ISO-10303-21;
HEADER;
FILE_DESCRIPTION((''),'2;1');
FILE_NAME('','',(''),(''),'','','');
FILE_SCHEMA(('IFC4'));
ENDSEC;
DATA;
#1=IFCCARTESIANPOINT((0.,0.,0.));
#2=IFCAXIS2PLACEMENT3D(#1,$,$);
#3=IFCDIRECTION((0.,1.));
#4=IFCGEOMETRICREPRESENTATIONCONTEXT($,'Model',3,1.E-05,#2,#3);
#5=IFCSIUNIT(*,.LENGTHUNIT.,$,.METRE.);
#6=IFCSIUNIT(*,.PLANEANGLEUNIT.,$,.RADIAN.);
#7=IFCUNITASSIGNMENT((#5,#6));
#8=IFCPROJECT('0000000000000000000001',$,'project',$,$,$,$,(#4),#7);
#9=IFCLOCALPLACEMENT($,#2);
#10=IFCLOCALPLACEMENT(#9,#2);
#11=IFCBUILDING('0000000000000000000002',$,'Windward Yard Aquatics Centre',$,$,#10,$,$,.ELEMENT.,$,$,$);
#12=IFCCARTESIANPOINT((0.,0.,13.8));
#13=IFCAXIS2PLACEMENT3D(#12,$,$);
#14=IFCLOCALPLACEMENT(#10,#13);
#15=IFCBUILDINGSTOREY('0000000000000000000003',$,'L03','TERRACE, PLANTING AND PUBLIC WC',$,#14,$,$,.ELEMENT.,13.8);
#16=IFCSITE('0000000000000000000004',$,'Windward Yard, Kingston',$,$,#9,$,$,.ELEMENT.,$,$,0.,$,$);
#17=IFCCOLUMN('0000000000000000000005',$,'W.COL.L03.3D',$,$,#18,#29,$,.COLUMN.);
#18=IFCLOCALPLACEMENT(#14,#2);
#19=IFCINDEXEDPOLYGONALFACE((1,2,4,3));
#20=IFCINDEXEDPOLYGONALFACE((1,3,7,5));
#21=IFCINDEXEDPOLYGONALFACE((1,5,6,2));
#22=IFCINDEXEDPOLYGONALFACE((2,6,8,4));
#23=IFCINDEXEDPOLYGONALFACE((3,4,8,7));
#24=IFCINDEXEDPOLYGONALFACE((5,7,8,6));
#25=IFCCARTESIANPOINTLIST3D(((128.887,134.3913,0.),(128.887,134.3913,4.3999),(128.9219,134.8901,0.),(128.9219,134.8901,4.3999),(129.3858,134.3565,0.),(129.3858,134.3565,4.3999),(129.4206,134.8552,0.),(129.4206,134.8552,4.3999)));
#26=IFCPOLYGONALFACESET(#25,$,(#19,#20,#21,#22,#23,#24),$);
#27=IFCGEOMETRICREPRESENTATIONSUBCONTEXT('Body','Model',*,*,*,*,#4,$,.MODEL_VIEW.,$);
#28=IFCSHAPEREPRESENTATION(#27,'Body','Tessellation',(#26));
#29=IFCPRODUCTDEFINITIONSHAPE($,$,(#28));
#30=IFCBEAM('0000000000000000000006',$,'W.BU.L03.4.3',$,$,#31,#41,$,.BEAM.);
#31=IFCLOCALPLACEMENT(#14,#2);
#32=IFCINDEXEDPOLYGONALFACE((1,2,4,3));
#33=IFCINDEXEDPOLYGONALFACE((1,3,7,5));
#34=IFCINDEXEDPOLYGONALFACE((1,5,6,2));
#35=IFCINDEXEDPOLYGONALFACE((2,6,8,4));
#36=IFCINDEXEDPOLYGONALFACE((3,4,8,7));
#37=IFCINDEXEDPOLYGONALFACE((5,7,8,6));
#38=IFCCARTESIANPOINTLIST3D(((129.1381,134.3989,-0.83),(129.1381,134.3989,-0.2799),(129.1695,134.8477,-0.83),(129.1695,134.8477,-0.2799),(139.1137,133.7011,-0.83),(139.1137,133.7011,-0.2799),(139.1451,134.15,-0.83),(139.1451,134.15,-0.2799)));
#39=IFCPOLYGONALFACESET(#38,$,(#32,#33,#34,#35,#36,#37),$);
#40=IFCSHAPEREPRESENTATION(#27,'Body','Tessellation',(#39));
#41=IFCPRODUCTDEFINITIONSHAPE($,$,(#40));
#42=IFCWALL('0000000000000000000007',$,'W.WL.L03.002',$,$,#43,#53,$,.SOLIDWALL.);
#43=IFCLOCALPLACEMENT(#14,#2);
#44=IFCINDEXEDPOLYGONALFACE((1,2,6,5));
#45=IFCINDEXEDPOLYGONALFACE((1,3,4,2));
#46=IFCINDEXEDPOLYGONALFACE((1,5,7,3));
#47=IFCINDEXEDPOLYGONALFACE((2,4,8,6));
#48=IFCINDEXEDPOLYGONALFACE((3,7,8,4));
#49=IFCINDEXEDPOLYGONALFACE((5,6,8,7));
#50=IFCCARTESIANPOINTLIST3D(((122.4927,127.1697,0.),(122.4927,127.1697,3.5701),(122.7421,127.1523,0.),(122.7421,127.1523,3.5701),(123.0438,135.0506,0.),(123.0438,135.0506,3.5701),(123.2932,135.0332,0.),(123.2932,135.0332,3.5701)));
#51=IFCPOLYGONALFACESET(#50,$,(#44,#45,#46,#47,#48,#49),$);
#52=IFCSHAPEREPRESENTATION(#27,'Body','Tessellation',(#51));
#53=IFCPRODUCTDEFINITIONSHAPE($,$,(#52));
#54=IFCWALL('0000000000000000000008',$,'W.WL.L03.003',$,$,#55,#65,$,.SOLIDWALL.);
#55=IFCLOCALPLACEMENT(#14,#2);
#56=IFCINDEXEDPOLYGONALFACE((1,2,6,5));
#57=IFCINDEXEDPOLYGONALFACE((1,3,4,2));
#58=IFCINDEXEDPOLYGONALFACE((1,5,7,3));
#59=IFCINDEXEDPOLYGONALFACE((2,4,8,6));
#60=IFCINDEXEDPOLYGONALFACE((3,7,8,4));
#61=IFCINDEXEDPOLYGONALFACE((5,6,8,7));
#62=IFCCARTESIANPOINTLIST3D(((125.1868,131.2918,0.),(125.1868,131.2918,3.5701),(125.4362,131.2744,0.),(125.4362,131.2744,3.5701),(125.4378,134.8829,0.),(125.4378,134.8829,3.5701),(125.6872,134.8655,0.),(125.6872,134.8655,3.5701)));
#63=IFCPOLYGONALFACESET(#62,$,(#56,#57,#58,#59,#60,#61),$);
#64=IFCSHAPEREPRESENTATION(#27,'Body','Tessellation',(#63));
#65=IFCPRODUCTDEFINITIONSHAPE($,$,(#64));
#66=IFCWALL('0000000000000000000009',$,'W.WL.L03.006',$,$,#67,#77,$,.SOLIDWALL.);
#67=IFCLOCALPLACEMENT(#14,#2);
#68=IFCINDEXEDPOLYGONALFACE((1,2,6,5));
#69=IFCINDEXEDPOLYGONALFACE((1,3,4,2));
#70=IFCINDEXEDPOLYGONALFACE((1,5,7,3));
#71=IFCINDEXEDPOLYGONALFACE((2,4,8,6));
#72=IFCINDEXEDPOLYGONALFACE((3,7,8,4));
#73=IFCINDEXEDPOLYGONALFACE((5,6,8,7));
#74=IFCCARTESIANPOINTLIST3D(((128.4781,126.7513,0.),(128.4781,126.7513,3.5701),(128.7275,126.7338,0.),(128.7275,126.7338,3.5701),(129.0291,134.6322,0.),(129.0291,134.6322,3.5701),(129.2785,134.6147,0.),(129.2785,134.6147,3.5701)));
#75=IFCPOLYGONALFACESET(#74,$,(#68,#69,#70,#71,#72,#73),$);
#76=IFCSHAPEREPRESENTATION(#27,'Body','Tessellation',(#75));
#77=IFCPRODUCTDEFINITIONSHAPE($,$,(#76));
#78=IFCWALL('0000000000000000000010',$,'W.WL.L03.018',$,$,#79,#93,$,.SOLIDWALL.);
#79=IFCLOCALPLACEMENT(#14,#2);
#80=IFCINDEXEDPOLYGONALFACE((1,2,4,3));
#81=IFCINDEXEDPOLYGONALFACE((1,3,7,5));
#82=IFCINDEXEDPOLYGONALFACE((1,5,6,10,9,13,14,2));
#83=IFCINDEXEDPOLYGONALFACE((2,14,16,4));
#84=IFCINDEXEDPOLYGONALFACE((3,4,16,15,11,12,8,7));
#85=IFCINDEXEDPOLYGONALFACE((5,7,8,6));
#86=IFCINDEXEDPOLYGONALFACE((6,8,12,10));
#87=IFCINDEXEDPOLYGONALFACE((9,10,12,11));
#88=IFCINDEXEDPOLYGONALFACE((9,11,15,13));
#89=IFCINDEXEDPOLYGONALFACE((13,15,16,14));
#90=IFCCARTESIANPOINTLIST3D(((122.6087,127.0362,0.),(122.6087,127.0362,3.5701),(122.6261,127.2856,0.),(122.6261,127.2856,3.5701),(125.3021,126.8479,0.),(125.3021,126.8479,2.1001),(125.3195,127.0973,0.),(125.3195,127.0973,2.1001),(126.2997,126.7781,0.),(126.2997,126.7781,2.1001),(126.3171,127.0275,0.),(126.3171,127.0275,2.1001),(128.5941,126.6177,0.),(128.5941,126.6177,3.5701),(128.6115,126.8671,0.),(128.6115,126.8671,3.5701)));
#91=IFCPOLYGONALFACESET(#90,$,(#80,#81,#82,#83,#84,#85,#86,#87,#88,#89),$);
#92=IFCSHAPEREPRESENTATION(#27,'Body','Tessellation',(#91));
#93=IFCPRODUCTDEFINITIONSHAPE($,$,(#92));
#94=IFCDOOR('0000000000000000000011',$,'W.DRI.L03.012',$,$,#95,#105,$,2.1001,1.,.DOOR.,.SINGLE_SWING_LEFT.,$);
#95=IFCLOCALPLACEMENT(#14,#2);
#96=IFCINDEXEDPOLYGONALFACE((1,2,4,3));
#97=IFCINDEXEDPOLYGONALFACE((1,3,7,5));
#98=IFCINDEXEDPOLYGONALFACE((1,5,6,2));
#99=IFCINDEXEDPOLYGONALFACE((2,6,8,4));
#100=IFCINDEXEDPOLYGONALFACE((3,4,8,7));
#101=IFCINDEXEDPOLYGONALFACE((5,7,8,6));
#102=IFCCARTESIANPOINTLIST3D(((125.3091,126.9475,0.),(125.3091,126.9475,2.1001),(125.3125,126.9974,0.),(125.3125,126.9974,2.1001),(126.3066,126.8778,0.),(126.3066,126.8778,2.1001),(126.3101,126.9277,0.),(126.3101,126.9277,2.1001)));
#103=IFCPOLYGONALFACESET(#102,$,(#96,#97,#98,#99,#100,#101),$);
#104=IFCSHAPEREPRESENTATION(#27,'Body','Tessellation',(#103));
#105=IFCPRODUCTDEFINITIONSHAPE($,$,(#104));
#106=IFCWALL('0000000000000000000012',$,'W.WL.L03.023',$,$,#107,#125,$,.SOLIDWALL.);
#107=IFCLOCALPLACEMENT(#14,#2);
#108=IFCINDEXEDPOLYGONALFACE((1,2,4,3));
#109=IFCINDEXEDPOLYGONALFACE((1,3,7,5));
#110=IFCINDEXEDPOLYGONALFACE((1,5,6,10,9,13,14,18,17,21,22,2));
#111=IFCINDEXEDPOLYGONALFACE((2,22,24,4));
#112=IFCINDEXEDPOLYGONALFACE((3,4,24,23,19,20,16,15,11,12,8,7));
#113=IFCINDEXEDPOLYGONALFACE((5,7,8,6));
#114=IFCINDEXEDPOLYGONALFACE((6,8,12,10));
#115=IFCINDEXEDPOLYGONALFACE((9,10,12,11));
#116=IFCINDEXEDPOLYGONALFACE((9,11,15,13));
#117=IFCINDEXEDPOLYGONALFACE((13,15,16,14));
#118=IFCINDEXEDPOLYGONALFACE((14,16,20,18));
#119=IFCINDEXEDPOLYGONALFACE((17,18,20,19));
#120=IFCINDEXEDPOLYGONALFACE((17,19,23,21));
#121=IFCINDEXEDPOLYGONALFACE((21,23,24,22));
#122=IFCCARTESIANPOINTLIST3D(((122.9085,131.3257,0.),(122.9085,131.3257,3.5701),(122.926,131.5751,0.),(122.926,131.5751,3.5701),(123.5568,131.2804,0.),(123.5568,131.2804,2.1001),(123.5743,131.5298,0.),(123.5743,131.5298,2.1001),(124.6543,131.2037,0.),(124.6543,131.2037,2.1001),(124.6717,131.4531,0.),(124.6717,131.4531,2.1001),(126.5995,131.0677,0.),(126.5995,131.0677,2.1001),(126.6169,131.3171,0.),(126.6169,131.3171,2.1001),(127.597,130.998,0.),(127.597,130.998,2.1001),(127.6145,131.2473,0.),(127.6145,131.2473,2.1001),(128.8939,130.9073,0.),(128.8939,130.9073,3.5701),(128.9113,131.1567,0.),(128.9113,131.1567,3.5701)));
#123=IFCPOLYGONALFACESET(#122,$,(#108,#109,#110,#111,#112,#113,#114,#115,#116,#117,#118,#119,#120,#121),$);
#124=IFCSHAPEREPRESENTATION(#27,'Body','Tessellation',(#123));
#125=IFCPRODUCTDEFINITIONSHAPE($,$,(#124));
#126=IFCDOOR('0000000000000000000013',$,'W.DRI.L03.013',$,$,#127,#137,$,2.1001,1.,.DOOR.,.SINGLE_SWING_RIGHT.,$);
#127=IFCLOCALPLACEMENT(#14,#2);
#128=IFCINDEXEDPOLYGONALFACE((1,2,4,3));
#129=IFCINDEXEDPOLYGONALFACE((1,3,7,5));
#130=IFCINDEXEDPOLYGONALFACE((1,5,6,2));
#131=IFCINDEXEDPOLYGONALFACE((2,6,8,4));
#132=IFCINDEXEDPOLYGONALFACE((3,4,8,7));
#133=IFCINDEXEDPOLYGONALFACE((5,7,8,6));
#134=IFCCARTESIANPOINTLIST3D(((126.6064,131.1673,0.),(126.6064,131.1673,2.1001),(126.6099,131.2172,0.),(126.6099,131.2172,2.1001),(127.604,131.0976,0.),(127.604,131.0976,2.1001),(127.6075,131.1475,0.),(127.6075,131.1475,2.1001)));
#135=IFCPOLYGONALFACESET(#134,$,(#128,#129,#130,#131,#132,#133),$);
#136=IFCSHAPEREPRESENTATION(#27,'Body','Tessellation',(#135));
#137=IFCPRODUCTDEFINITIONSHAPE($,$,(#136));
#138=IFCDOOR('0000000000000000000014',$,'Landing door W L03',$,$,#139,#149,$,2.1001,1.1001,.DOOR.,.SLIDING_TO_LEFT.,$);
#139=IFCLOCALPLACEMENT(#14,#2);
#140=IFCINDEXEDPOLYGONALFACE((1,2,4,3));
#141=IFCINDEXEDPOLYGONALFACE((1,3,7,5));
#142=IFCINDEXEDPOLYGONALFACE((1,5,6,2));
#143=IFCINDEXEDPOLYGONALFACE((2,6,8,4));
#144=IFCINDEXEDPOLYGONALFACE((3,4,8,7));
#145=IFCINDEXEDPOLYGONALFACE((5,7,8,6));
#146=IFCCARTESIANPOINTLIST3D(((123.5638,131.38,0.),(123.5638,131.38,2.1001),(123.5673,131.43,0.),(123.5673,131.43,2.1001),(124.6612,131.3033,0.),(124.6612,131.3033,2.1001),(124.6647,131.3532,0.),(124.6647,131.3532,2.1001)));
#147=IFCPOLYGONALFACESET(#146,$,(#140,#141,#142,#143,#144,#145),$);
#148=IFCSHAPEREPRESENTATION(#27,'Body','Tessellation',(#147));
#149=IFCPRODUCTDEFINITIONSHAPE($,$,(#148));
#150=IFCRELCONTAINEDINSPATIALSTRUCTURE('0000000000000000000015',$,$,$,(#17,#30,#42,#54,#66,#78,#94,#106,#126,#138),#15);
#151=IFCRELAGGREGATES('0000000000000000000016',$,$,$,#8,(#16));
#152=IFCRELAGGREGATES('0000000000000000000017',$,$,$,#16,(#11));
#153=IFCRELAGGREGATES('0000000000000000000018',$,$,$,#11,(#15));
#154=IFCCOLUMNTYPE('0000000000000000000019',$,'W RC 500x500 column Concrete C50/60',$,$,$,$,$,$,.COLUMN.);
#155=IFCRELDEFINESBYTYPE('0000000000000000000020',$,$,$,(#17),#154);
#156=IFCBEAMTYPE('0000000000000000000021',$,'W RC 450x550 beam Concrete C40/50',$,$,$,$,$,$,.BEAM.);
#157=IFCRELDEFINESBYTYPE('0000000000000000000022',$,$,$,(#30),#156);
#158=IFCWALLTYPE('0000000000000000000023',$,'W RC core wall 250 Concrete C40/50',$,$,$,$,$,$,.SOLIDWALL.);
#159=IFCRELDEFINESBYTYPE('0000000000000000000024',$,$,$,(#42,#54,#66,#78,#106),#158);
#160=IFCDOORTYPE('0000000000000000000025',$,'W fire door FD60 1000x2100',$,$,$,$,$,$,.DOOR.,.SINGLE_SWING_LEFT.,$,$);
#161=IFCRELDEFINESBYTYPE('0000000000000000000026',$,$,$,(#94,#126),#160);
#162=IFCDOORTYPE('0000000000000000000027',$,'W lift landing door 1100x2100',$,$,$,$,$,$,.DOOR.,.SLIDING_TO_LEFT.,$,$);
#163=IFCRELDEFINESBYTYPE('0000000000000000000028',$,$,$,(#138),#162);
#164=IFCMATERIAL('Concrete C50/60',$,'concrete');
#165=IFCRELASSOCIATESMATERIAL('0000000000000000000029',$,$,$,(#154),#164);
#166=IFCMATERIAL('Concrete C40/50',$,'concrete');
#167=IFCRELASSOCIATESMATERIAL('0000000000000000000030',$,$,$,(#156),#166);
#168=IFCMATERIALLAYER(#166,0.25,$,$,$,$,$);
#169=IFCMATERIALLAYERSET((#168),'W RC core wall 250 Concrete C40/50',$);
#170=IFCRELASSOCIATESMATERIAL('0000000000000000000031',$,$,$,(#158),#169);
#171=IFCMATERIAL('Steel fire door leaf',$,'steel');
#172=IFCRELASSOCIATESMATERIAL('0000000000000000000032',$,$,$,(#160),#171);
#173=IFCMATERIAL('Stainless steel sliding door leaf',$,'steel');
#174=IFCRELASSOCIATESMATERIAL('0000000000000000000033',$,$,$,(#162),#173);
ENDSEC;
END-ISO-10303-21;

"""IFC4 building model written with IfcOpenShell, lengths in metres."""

from ifc_helpers import new_model, si_unit, direction, frame, frame_2d, origin, origin_2d, place, context, subcontext, project, spatial, rectangle, extrude, material, layer, layer_set, material_profile, profile_set, type_object, element, fill, save


model = new_model("IFC4")

# Units and contexts
model_context = context("Model", 3, precision=1e-05, world=origin(), true_north=direction((0.0, 1.0)))
body_context = subcontext(model_context, "Body", "Model", "MODEL_VIEW")
ifc_project = project(units=[si_unit("LENGTHUNIT", "METRE"), si_unit("PLANEANGLEUNIT", "RADIAN")], contexts=[model_context])

# Site, building, storey
site_placement = place(None, origin())
site = spatial("IfcSite", under=ifc_project, at=site_placement, Name="Windward Yard, Kingston", CompositionType="ELEMENT", RefElevation=0.0)
building_placement = place(site_placement, origin())
building = spatial("IfcBuilding", under=site, at=building_placement, Name="Windward Yard Aquatics Centre", CompositionType="ELEMENT")
storey_placement = place(building_placement, frame((0.0, 0.0, 13.8)))
storey = spatial("IfcBuildingStorey", under=building, at=storey_placement, Name="L03", Description="TERRACE, PLANTING AND PUBLIC WC", CompositionType="ELEMENT", Elevation=13.8)

# Column
ifc_material_1 = material(Name="Concrete C50/60", Category="concrete")
ifc_material_profile_1 = material_profile(ifc_material_1, rectangle(XDim=0.5, YDim=0.5, at=origin_2d()), Name="RC 500x500")
ifc_profile_set_1 = profile_set([ifc_material_profile_1], Name="Concrete C50/60")
column_type = type_object("IfcColumnType", Name="W RC 500x500 column Concrete C50/60", PredefinedType="COLUMN", material=ifc_profile_set_1)
column_placement = place(storey_placement, frame((129.1538, 134.6233, 0.0), z_axis=(0.0, 0.0, 1.0), x_axis=(0.997564, -0.069756, 0.0)))
element("IfcColumn", 1, at=column_placement, inside=storey, type_object=column_type, Name="W.COL.L03.3D", PredefinedType="COLUMN", context=body_context, shape_type="SweptSolid", body=[
    extrude(rectangle(XDim=0.5, YDim=0.5, at=origin_2d()), origin(), (0.0, 0.0, 1.0), 4.3999),
])

# Beam
ifc_material_2 = material(Name="Concrete C40/50", Category="concrete")
ifc_material_profile_2 = material_profile(ifc_material_2, rectangle(XDim=0.45, YDim=0.55, at=origin_2d()), Name="RC 450x550")
ifc_profile_set_2 = profile_set([ifc_material_profile_2], Name="Concrete C40/50")
beam_type = type_object("IfcBeamType", Name="W RC 450x550 beam Concrete C40/50", PredefinedType="BEAM", material=ifc_profile_set_2)
beam_placement = place(storey_placement, frame((129.1538, 134.6233, -0.5549), z_axis=(0.997563, -0.069776, 0.0), x_axis=(0.069776, 0.997563, 0.0)))
element("IfcBeam", 2, at=beam_placement, inside=storey, type_object=beam_type, Name="W.BU.L03.4.3", PredefinedType="BEAM", context=body_context, shape_type="SweptSolid", body=[
    extrude(rectangle(XDim=0.45, YDim=0.55, at=origin_2d()), origin(), (0.0, 0.0, 1.0), 10.0),
])

# Walls
ifc_layer_1 = layer(ifc_material_2, 0.25)
ifc_layer_set_1 = layer_set([ifc_layer_1], Name="W RC core wall 250 Concrete C40/50")
wall_type_1 = type_object("IfcWallType", Name="W RC core wall 250 Concrete C40/50", PredefinedType="SOLIDWALL", material=ifc_layer_set_1)
wall_1_placement = place(storey_placement, frame((122.6174, 127.1609, 0.0), z_axis=(0.0, 0.0, 1.0), x_axis=(0.069749, 0.997565, 0.0)))
element("IfcWall", 3, at=wall_1_placement, inside=storey, type_object=wall_type_1, Name="W.WL.L03.002", PredefinedType="SOLIDWALL", context=body_context, shape_type="SweptSolid", body=[
    extrude(rectangle(XDim=7.9001, YDim=0.25, at=frame_2d((3.9502, 0.0))), origin(), (0.0, 0.0, 1.0), 3.5701),
])
wall_2_placement = place(storey_placement, frame((125.3115, 131.2832, 0.0), z_axis=(0.0, 0.0, 1.0), x_axis=(0.069719, 0.997567, 0.0)))
element("IfcWall", 4, at=wall_2_placement, inside=storey, type_object=wall_type_1, Name="W.WL.L03.003", PredefinedType="SOLIDWALL", context=body_context, shape_type="SweptSolid", body=[
    extrude(rectangle(XDim=3.5999, YDim=0.25, at=frame_2d((1.7998, 0.0))), origin(), (0.0, 0.0, 1.0), 3.5701),
])
wall_3_placement = place(storey_placement, frame((128.6028, 126.7424, 0.0), z_axis=(0.0, 0.0, 1.0), x_axis=(0.069749, 0.997565, 0.0)))
element("IfcWall", 5, at=wall_3_placement, inside=storey, type_object=wall_type_1, Name="W.WL.L03.006", PredefinedType="SOLIDWALL", context=body_context, shape_type="SweptSolid", body=[
    extrude(rectangle(XDim=7.9001, YDim=0.25, at=frame_2d((3.9502, 0.0))), origin(), (0.0, 0.0, 1.0), 3.5701),
])

# Wall, opening, door
wall_4_placement = place(storey_placement, frame((122.6174, 127.1609, 0.0), z_axis=(0.0, 0.0, 1.0), x_axis=(0.997565, -0.069743, 0.0)))
wall_4 = element("IfcWall", 6, at=wall_4_placement, inside=storey, type_object=wall_type_1, Name="W.WL.L03.018", PredefinedType="SOLIDWALL", context=body_context, shape_type="SweptSolid", body=[
    extrude(rectangle(XDim=6.0, YDim=0.25, at=frame_2d((3.0, 0.0))), origin(), (0.0, 0.0, 1.0), 3.5701),
])
opening_1_placement = place(wall_4_placement, frame((2.7, 0.0, 0.0)))
opening_1 = element("IfcOpeningElement", 7, at=opening_1_placement, cuts=wall_4, PredefinedType="OPENING", context=body_context, shape_type="SweptSolid", body=[
    extrude(rectangle(XDim=1.0, YDim=2.1001, at=frame_2d((0.5, 1.05))), frame((0.0, 0.135, 0.0), z_axis=(0.0, -1.0, 0.0), x_axis=(1.0, 0.0, 0.0)), (0.0, 0.0, 1.0), 0.27),
])
ifc_material_3 = material(Name="Steel fire door leaf", Category="steel")
door_type_1 = type_object("IfcDoorType", Name="W fire door FD60 1000x2100", OperationType="SINGLE_SWING_LEFT", PredefinedType="DOOR", material=ifc_material_3)
door_1_placement = place(opening_1_placement, origin())
door_1 = element("IfcDoor", 8, at=door_1_placement, inside=storey, type_object=door_type_1, Name="W.DRI.L03.012", OperationType="SINGLE_SWING_LEFT", OverallHeight=2.1001, OverallWidth=1.0, PredefinedType="DOOR", context=body_context, shape_type="SweptSolid", body=[
    extrude(rectangle(XDim=1.0, YDim=2.1001, at=frame_2d((0.5, 1.05))), frame((0.0, 0.0249, 0.0), z_axis=(0.0, -1.0, 0.0), x_axis=(1.0, 0.0, 0.0)), (0.0, 0.0, 1.0), 0.05),
])
fill(opening_1, door_1)

# Wall, openings, doors
wall_5_placement = place(storey_placement, frame((122.9172, 131.4504, 0.0), z_axis=(0.0, 0.0, 1.0), x_axis=(0.997565, -0.069743, 0.0)))
wall_5 = element("IfcWall", 9, at=wall_5_placement, inside=storey, type_object=wall_type_1, Name="W.WL.L03.023", PredefinedType="SOLIDWALL", context=body_context, shape_type="SweptSolid", body=[
    extrude(rectangle(XDim=6.0, YDim=0.25, at=frame_2d((3.0, 0.0))), origin(), (0.0, 0.0, 1.0), 3.5701),
])
opening_2_placement = place(wall_5_placement, frame((3.7, 0.0, 0.0)))
opening_2 = element("IfcOpeningElement", 10, at=opening_2_placement, cuts=wall_5, PredefinedType="OPENING", context=body_context, shape_type="SweptSolid", body=[
    extrude(rectangle(XDim=1.0, YDim=2.1001, at=frame_2d((0.5, 1.05))), frame((0.0, 0.135, 0.0), z_axis=(0.0, -1.0, 0.0), x_axis=(1.0, 0.0, 0.0)), (0.0, 0.0, 1.0), 0.27),
])
opening_3_placement = place(wall_5_placement, frame((0.6499, 0.0, 0.0)))
opening_3 = element("IfcOpeningElement", 11, at=opening_3_placement, cuts=wall_5, PredefinedType="OPENING", context=body_context, shape_type="SweptSolid", body=[
    extrude(rectangle(XDim=1.1001, YDim=2.1001, at=frame_2d((0.55, 1.05))), frame((0.0, 0.135, 0.0), z_axis=(0.0, -1.0, 0.0), x_axis=(1.0, 0.0, 0.0)), (0.0, 0.0, 1.0), 0.27),
])
door_2_placement = place(opening_2_placement, origin())
door_2 = element("IfcDoor", 12, at=door_2_placement, inside=storey, type_object=door_type_1, Name="W.DRI.L03.013", OperationType="SINGLE_SWING_RIGHT", OverallHeight=2.1001, OverallWidth=1.0, PredefinedType="DOOR", context=body_context, shape_type="SweptSolid", body=[
    extrude(rectangle(XDim=1.0, YDim=2.1001, at=frame_2d((0.5, 1.05))), frame((0.0, 0.0249, 0.0), z_axis=(0.0, -1.0, 0.0), x_axis=(1.0, 0.0, 0.0)), (0.0, 0.0, 1.0), 0.05),
])
fill(opening_2, door_2)
ifc_material_4 = material(Name="Stainless steel sliding door leaf", Category="steel")
door_type_2 = type_object("IfcDoorType", Name="W lift landing door 1100x2100", OperationType="SLIDING_TO_LEFT", PredefinedType="DOOR", material=ifc_material_4)
door_3_placement = place(opening_3_placement, origin())
door_3 = element("IfcDoor", 13, at=door_3_placement, inside=storey, type_object=door_type_2, Name="Landing door W L03", OperationType="SLIDING_TO_LEFT", OverallHeight=2.1001, OverallWidth=1.1001, PredefinedType="DOOR", context=body_context, shape_type="SweptSolid", body=[
    extrude(rectangle(XDim=1.1001, YDim=2.1001, at=frame_2d((0.55, 1.05))), frame((0.0, 0.0249, 0.0), z_axis=(0.0, -1.0, 0.0), x_axis=(1.0, 0.0, 0.0)), (0.0, 0.0, 1.0), 0.05),
])
fill(opening_3, door_3)

save(model, "model.ifc")
